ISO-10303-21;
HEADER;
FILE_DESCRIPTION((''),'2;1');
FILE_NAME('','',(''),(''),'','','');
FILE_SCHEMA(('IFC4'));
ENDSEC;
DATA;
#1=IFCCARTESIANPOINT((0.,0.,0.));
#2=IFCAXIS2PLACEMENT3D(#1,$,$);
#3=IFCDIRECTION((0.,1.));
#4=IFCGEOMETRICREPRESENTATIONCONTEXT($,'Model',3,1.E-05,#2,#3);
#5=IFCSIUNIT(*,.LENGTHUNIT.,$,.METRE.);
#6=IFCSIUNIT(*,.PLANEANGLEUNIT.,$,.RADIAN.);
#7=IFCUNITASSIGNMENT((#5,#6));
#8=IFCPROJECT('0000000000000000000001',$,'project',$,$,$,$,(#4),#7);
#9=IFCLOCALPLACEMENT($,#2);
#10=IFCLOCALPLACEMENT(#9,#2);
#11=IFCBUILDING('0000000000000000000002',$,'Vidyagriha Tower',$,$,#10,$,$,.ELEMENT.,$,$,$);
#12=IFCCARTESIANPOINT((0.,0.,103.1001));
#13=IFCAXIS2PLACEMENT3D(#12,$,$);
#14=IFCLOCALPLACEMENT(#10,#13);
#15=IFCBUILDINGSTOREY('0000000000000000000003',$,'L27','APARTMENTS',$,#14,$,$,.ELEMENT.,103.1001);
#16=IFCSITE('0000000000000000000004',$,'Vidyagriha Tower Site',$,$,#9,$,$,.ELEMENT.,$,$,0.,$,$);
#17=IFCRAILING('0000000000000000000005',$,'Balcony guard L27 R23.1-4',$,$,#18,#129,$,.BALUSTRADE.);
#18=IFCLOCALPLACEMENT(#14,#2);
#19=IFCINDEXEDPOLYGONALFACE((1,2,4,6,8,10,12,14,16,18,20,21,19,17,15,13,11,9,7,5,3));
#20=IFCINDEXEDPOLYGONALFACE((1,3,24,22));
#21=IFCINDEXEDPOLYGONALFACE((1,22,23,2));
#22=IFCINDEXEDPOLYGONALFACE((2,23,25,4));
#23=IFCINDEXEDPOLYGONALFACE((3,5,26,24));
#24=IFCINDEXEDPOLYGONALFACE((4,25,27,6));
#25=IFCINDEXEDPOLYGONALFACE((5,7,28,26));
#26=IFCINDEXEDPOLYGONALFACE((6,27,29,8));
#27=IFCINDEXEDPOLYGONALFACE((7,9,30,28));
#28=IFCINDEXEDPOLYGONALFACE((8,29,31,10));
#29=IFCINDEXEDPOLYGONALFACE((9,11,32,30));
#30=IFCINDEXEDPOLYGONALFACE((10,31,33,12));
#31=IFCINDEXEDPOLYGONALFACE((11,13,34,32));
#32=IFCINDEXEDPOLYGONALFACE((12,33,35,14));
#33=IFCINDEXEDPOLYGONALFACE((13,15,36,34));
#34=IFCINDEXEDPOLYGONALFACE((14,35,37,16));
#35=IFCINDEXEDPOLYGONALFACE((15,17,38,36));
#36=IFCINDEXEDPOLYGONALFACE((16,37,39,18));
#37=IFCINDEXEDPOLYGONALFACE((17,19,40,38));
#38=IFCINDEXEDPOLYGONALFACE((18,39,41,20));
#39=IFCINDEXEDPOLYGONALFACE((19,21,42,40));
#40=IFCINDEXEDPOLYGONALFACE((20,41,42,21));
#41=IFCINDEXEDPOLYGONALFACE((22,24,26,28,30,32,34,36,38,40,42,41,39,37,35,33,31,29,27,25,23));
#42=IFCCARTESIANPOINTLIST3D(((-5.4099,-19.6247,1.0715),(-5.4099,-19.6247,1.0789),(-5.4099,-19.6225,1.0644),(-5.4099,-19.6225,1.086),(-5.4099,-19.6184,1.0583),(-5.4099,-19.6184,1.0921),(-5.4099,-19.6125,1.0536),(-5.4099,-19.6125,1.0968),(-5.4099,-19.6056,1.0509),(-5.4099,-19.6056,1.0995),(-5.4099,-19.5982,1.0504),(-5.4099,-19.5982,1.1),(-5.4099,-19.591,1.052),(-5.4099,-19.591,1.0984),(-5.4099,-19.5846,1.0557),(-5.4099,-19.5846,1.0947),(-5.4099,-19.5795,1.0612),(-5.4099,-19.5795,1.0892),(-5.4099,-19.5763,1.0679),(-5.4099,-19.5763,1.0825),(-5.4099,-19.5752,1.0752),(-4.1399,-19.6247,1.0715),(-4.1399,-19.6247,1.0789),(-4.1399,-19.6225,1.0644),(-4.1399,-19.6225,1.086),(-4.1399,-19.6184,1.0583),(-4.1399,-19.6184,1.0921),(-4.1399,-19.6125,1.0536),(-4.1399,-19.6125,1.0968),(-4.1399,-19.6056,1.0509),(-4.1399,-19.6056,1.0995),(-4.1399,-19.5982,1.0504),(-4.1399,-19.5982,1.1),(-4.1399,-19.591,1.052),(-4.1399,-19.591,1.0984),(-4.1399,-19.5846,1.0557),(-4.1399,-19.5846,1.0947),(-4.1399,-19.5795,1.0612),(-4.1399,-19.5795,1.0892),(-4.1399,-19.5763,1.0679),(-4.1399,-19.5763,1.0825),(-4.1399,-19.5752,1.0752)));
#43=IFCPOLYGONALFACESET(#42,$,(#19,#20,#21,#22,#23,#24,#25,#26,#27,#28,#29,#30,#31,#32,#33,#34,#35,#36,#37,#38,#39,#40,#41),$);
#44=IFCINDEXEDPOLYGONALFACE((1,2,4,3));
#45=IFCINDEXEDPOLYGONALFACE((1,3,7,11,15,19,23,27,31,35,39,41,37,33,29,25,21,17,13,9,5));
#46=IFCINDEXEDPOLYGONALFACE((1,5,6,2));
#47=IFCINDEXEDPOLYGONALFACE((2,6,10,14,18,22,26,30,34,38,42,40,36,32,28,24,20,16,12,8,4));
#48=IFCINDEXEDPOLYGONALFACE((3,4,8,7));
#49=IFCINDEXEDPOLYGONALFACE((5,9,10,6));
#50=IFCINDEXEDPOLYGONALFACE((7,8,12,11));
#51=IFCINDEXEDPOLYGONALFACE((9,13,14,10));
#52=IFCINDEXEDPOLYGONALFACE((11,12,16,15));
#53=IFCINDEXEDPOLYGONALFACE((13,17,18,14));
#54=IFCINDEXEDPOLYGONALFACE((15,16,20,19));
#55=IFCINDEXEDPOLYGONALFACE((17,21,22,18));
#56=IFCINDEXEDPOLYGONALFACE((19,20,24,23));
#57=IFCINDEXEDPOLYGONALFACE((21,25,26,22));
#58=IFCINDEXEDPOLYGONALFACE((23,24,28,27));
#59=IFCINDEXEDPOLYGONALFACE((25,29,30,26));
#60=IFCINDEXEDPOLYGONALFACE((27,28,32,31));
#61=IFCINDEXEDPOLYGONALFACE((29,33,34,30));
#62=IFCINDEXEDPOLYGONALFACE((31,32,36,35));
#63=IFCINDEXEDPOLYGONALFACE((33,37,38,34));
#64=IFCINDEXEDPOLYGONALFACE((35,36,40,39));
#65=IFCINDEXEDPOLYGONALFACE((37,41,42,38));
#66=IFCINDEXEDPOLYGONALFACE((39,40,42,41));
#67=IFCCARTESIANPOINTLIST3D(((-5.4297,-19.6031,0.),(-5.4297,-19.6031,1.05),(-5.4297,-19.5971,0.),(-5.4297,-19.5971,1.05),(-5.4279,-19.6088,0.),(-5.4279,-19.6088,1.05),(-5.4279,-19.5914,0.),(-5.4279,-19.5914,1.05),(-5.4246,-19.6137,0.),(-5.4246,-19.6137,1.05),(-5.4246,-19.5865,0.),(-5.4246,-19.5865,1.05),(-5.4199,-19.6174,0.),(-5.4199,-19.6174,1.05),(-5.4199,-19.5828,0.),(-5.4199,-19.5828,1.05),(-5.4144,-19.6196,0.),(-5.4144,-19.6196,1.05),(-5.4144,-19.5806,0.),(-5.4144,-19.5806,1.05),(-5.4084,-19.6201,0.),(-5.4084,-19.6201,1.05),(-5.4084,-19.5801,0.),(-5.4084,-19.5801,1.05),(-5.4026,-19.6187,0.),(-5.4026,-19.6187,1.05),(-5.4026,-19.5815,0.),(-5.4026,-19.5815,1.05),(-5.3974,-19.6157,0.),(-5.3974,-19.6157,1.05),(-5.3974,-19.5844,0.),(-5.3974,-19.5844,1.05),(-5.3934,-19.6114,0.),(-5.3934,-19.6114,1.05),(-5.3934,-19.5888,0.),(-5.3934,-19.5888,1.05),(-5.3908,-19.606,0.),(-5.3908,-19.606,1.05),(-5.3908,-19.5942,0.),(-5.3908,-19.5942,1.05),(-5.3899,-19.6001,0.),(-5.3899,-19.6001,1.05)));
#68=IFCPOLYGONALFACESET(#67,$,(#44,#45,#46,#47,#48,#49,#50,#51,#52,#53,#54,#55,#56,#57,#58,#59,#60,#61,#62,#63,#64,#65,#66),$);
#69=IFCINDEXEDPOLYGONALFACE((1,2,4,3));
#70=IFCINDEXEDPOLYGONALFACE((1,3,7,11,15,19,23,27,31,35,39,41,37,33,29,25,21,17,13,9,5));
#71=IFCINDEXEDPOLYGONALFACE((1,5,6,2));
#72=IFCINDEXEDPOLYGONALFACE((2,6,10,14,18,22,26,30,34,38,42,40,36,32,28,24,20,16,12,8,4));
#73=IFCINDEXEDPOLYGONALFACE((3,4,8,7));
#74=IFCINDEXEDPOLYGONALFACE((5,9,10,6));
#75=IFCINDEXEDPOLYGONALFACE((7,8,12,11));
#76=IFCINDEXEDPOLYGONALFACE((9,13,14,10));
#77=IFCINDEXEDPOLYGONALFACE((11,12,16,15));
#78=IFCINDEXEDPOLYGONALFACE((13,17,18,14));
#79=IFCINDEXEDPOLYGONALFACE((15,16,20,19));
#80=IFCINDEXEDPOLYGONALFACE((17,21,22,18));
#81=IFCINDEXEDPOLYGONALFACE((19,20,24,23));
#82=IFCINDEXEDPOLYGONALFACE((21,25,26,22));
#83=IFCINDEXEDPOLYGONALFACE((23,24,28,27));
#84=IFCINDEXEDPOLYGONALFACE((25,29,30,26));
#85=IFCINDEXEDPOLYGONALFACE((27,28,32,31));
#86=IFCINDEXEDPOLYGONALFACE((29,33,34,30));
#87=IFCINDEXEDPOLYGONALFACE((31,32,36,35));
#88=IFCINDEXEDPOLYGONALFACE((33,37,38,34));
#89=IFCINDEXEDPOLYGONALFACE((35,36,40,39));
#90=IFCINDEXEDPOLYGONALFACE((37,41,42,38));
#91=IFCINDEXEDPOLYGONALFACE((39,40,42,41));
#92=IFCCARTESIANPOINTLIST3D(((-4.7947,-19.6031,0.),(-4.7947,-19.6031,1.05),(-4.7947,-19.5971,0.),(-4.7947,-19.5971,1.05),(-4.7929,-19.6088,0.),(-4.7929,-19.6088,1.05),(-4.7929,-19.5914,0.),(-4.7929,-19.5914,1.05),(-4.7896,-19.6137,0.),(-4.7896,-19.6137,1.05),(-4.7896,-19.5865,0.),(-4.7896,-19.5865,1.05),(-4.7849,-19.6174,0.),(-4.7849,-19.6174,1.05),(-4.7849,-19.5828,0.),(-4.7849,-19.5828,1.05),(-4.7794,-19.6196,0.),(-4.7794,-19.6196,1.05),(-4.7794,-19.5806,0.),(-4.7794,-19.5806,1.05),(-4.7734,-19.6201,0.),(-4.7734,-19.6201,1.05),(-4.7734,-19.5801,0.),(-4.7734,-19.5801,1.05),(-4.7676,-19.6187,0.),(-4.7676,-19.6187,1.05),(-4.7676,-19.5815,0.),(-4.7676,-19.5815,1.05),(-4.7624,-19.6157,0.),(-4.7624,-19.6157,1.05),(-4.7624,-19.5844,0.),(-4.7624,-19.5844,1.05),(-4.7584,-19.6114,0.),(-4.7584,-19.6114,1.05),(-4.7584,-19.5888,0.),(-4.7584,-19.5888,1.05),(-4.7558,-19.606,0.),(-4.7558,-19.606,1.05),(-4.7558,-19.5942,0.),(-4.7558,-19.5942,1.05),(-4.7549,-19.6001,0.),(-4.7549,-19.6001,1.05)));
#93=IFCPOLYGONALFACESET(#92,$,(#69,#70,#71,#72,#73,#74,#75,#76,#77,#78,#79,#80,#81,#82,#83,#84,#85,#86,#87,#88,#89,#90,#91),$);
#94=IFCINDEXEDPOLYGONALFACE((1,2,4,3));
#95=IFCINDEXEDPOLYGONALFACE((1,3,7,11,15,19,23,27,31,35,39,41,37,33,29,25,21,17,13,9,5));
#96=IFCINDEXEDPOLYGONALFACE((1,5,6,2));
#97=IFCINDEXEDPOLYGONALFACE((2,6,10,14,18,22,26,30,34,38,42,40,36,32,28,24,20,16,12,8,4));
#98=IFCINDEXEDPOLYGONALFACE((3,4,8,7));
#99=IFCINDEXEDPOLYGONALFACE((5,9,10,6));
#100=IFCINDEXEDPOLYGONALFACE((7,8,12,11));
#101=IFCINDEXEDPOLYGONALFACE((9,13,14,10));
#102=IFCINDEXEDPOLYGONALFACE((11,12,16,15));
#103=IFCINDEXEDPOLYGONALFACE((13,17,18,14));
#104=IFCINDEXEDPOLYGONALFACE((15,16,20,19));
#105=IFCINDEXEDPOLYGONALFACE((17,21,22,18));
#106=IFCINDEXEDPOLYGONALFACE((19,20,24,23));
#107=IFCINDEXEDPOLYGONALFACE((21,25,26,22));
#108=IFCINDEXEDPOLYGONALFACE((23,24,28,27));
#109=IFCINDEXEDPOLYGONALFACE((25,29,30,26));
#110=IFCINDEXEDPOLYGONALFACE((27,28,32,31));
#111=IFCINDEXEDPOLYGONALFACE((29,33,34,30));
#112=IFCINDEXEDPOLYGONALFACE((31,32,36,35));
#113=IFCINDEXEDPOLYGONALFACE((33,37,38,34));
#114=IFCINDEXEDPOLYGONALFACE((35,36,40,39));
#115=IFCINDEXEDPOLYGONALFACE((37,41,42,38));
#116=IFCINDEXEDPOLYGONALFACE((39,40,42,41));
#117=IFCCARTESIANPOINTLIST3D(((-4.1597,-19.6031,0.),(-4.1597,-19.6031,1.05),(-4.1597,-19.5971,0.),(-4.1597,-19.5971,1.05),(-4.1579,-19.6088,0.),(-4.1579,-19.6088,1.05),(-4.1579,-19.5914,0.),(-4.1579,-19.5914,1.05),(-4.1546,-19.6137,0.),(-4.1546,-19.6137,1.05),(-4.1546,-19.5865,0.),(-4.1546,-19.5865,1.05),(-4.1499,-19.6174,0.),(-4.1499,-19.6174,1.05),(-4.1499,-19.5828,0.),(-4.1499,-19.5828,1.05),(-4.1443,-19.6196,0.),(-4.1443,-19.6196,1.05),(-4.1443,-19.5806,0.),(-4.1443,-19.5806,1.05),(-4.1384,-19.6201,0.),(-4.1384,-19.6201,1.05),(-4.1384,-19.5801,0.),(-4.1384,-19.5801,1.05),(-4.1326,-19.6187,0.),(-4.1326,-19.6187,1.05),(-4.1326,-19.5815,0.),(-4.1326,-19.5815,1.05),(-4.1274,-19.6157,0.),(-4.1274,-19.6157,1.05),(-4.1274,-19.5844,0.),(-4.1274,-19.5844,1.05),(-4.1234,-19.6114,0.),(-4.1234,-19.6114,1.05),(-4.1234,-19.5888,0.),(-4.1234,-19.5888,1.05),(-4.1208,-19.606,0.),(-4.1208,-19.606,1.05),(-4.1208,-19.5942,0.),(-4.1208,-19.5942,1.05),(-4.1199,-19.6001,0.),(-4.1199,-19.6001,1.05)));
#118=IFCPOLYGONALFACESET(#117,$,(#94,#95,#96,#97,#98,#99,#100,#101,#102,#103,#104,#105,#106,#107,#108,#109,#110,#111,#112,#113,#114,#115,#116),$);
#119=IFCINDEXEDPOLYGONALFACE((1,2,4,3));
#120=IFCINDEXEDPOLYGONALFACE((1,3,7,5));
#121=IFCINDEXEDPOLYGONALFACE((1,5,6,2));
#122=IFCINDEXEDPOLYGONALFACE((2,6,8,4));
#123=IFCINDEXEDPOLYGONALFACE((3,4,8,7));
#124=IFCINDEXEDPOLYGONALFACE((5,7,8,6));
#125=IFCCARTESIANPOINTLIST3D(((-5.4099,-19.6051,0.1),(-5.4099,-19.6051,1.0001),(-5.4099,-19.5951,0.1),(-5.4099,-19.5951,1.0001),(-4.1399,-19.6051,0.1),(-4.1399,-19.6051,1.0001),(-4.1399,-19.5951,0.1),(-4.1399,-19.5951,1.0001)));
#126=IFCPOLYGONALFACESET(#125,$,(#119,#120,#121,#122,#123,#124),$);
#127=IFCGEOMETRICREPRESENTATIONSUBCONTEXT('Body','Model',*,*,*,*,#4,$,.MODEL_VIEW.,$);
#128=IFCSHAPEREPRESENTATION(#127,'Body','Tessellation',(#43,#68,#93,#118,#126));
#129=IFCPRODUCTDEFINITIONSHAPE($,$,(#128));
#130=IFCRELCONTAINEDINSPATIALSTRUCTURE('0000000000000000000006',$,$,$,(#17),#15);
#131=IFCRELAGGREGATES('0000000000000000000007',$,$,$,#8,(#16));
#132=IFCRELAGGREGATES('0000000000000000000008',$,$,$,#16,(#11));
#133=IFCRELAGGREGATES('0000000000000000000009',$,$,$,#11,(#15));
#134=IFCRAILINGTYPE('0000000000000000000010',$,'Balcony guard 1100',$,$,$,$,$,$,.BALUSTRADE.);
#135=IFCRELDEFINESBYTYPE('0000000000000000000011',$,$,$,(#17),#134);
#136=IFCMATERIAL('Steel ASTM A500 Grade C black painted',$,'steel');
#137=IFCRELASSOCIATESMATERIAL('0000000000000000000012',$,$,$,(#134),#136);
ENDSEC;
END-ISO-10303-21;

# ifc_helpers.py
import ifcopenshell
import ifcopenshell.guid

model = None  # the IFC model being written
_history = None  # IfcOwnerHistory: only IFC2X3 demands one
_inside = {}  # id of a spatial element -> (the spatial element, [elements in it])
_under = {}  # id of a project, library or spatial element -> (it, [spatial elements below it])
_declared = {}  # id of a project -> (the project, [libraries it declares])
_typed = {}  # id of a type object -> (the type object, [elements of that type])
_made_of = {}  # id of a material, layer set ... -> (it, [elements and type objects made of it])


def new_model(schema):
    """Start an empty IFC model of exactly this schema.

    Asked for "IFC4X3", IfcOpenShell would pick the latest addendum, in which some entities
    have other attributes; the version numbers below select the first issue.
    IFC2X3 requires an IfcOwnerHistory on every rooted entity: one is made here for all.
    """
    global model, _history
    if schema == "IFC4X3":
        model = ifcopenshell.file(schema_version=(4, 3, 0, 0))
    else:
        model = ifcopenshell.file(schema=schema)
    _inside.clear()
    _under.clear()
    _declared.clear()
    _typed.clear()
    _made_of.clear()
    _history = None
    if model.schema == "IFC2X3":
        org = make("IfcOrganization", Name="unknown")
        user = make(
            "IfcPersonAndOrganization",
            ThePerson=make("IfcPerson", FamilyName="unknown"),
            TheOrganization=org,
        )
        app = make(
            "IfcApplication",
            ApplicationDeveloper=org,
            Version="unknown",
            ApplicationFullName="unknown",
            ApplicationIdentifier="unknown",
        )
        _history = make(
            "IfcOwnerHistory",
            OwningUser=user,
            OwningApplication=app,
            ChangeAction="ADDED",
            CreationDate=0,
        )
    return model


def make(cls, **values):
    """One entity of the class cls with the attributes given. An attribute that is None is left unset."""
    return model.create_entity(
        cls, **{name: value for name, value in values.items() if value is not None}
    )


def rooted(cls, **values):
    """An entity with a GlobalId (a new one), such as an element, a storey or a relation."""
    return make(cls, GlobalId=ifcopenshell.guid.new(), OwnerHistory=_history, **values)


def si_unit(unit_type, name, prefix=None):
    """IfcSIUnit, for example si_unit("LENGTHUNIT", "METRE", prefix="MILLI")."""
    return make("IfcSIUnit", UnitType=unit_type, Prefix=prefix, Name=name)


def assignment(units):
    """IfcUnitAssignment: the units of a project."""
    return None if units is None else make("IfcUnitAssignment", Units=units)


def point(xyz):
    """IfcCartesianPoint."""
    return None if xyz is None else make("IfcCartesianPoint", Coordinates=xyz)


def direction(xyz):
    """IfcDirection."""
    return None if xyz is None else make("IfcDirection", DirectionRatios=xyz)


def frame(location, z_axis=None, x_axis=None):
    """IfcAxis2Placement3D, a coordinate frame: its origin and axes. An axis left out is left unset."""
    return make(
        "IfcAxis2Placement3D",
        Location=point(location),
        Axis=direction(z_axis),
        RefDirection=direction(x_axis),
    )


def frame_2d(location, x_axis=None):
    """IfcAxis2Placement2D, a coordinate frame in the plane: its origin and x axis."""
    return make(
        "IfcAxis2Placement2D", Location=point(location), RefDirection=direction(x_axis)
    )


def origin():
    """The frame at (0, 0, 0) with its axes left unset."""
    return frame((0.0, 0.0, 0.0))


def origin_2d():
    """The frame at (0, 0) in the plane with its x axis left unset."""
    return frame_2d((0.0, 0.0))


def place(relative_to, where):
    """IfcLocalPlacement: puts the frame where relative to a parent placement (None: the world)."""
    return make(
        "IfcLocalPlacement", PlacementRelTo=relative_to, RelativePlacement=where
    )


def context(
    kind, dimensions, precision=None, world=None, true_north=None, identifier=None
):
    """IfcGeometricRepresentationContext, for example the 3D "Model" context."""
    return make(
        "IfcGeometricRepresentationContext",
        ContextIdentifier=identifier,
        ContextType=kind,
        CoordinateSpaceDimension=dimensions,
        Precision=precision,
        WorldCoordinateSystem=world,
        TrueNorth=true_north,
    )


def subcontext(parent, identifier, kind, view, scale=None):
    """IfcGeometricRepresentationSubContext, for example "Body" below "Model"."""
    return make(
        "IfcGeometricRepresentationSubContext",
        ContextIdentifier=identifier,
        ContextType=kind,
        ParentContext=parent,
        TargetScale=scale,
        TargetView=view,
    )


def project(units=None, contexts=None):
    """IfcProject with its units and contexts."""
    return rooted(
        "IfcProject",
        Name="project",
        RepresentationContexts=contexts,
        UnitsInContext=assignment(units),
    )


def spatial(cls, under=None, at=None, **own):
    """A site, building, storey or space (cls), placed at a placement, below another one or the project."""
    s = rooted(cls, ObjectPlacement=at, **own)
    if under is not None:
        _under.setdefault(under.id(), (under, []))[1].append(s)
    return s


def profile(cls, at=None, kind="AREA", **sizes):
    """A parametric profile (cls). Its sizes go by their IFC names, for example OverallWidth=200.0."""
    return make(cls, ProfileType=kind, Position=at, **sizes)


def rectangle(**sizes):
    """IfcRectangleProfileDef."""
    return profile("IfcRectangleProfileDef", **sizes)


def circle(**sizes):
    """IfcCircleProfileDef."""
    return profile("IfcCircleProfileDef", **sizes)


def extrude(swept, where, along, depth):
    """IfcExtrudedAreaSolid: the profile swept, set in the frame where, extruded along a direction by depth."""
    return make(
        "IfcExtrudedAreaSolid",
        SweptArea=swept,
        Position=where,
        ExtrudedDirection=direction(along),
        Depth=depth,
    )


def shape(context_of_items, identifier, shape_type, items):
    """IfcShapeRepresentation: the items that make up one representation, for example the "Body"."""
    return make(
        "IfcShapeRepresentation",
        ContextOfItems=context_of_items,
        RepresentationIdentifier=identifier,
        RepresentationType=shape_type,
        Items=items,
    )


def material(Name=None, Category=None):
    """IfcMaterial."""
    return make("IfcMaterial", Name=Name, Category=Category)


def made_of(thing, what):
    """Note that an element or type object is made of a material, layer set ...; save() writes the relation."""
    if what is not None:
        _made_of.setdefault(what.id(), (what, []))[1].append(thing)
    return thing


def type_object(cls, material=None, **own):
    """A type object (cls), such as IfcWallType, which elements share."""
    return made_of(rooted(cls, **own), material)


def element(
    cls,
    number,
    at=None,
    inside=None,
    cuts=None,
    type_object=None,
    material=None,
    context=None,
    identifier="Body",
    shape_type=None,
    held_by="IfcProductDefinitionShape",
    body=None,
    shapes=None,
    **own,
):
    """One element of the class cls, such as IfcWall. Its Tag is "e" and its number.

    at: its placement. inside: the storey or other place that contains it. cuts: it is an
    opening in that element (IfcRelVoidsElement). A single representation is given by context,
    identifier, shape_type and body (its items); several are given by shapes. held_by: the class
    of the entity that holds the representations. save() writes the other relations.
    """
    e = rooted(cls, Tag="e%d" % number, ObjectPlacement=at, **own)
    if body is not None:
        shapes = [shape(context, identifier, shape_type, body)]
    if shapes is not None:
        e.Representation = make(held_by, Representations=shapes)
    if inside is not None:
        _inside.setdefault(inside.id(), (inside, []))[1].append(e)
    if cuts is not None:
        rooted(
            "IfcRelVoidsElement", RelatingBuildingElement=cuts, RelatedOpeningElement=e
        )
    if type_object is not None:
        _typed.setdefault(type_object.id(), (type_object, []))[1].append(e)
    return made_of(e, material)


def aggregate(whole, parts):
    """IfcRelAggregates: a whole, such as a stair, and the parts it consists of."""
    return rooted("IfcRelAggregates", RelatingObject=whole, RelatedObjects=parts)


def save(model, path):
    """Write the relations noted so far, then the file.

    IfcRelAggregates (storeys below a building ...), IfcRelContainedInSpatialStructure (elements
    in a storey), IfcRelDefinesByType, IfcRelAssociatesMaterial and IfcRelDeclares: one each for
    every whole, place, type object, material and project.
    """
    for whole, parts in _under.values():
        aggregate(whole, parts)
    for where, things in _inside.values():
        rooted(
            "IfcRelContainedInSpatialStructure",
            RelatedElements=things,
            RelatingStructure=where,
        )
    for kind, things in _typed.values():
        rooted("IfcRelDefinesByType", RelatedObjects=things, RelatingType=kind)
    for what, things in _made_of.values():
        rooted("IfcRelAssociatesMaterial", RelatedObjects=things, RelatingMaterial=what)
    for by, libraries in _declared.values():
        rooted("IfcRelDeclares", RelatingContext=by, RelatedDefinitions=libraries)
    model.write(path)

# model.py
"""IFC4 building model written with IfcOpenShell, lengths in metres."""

from ifc_helpers import new_model, si_unit, direction, frame, origin, origin_2d, place, context, subcontext, project, spatial, rectangle, circle, extrude, material, type_object, element, save


model = new_model("IFC4")

# Units and contexts
model_context = context("Model", 3, precision=1e-05, world=origin(), true_north=direction((0.0, 1.0)))
body_context = subcontext(model_context, "Body", "Model", "MODEL_VIEW")
ifc_project = project(units=[si_unit("LENGTHUNIT", "METRE"), si_unit("PLANEANGLEUNIT", "RADIAN")], contexts=[model_context])

# Site, building, storey
site_placement = place(None, origin())
site = spatial("IfcSite", under=ifc_project, at=site_placement, Name="Vidyagriha Tower Site", CompositionType="ELEMENT", RefElevation=0.0)
building_placement = place(site_placement, origin())
building = spatial("IfcBuilding", under=site, at=building_placement, Name="Vidyagriha Tower", CompositionType="ELEMENT")
storey_placement = place(building_placement, frame((0.0, 0.0, 103.1001)))
storey = spatial("IfcBuildingStorey", under=building, at=storey_placement, Name="L27", Description="APARTMENTS", CompositionType="ELEMENT", Elevation=103.1001)

# Railing
ifc_material_1 = material(Name="Steel ASTM A500 Grade C black painted", Category="steel")
railing_type = type_object("IfcRailingType", Name="Balcony guard 1100", PredefinedType="BALUSTRADE", material=ifc_material_1)
railing_1_placement = place(storey_placement, frame((-5.4099, -19.6001, 0.0)))
element("IfcRailing", 1, at=railing_1_placement, inside=storey, type_object=railing_type, Name="Balcony guard L27 R23.1-4", PredefinedType="BALUSTRADE", context=body_context, shape_type="SweptSolid", body=[
    extrude(circle(Radius=0.0249, at=origin_2d()), frame((0.0, 0.0, 1.0752), z_axis=(1.0, 0.0, 0.0), x_axis=(0.0, 1.0, 0.0)), (0.0, 0.0, 1.0), 1.27),
    extrude(circle(Radius=0.02, at=origin_2d()), origin(), (0.0, 0.0, 1.0), 1.05),
    extrude(circle(Radius=0.02, at=origin_2d()), frame((0.635, 0.0, 0.0)), (0.0, 0.0, 1.0), 1.05),
    extrude(circle(Radius=0.02, at=origin_2d()), frame((1.27, 0.0, 0.0)), (0.0, 0.0, 1.0), 1.05),
    extrude(rectangle(XDim=0.01, YDim=0.9001, at=origin_2d()), frame((0.0, 0.0, 0.55), z_axis=(1.0, 0.0, 0.0), x_axis=(0.0, 1.0, 0.0)), (0.0, 0.0, 1.0), 1.27),
])

save(model, "model.ifc")
